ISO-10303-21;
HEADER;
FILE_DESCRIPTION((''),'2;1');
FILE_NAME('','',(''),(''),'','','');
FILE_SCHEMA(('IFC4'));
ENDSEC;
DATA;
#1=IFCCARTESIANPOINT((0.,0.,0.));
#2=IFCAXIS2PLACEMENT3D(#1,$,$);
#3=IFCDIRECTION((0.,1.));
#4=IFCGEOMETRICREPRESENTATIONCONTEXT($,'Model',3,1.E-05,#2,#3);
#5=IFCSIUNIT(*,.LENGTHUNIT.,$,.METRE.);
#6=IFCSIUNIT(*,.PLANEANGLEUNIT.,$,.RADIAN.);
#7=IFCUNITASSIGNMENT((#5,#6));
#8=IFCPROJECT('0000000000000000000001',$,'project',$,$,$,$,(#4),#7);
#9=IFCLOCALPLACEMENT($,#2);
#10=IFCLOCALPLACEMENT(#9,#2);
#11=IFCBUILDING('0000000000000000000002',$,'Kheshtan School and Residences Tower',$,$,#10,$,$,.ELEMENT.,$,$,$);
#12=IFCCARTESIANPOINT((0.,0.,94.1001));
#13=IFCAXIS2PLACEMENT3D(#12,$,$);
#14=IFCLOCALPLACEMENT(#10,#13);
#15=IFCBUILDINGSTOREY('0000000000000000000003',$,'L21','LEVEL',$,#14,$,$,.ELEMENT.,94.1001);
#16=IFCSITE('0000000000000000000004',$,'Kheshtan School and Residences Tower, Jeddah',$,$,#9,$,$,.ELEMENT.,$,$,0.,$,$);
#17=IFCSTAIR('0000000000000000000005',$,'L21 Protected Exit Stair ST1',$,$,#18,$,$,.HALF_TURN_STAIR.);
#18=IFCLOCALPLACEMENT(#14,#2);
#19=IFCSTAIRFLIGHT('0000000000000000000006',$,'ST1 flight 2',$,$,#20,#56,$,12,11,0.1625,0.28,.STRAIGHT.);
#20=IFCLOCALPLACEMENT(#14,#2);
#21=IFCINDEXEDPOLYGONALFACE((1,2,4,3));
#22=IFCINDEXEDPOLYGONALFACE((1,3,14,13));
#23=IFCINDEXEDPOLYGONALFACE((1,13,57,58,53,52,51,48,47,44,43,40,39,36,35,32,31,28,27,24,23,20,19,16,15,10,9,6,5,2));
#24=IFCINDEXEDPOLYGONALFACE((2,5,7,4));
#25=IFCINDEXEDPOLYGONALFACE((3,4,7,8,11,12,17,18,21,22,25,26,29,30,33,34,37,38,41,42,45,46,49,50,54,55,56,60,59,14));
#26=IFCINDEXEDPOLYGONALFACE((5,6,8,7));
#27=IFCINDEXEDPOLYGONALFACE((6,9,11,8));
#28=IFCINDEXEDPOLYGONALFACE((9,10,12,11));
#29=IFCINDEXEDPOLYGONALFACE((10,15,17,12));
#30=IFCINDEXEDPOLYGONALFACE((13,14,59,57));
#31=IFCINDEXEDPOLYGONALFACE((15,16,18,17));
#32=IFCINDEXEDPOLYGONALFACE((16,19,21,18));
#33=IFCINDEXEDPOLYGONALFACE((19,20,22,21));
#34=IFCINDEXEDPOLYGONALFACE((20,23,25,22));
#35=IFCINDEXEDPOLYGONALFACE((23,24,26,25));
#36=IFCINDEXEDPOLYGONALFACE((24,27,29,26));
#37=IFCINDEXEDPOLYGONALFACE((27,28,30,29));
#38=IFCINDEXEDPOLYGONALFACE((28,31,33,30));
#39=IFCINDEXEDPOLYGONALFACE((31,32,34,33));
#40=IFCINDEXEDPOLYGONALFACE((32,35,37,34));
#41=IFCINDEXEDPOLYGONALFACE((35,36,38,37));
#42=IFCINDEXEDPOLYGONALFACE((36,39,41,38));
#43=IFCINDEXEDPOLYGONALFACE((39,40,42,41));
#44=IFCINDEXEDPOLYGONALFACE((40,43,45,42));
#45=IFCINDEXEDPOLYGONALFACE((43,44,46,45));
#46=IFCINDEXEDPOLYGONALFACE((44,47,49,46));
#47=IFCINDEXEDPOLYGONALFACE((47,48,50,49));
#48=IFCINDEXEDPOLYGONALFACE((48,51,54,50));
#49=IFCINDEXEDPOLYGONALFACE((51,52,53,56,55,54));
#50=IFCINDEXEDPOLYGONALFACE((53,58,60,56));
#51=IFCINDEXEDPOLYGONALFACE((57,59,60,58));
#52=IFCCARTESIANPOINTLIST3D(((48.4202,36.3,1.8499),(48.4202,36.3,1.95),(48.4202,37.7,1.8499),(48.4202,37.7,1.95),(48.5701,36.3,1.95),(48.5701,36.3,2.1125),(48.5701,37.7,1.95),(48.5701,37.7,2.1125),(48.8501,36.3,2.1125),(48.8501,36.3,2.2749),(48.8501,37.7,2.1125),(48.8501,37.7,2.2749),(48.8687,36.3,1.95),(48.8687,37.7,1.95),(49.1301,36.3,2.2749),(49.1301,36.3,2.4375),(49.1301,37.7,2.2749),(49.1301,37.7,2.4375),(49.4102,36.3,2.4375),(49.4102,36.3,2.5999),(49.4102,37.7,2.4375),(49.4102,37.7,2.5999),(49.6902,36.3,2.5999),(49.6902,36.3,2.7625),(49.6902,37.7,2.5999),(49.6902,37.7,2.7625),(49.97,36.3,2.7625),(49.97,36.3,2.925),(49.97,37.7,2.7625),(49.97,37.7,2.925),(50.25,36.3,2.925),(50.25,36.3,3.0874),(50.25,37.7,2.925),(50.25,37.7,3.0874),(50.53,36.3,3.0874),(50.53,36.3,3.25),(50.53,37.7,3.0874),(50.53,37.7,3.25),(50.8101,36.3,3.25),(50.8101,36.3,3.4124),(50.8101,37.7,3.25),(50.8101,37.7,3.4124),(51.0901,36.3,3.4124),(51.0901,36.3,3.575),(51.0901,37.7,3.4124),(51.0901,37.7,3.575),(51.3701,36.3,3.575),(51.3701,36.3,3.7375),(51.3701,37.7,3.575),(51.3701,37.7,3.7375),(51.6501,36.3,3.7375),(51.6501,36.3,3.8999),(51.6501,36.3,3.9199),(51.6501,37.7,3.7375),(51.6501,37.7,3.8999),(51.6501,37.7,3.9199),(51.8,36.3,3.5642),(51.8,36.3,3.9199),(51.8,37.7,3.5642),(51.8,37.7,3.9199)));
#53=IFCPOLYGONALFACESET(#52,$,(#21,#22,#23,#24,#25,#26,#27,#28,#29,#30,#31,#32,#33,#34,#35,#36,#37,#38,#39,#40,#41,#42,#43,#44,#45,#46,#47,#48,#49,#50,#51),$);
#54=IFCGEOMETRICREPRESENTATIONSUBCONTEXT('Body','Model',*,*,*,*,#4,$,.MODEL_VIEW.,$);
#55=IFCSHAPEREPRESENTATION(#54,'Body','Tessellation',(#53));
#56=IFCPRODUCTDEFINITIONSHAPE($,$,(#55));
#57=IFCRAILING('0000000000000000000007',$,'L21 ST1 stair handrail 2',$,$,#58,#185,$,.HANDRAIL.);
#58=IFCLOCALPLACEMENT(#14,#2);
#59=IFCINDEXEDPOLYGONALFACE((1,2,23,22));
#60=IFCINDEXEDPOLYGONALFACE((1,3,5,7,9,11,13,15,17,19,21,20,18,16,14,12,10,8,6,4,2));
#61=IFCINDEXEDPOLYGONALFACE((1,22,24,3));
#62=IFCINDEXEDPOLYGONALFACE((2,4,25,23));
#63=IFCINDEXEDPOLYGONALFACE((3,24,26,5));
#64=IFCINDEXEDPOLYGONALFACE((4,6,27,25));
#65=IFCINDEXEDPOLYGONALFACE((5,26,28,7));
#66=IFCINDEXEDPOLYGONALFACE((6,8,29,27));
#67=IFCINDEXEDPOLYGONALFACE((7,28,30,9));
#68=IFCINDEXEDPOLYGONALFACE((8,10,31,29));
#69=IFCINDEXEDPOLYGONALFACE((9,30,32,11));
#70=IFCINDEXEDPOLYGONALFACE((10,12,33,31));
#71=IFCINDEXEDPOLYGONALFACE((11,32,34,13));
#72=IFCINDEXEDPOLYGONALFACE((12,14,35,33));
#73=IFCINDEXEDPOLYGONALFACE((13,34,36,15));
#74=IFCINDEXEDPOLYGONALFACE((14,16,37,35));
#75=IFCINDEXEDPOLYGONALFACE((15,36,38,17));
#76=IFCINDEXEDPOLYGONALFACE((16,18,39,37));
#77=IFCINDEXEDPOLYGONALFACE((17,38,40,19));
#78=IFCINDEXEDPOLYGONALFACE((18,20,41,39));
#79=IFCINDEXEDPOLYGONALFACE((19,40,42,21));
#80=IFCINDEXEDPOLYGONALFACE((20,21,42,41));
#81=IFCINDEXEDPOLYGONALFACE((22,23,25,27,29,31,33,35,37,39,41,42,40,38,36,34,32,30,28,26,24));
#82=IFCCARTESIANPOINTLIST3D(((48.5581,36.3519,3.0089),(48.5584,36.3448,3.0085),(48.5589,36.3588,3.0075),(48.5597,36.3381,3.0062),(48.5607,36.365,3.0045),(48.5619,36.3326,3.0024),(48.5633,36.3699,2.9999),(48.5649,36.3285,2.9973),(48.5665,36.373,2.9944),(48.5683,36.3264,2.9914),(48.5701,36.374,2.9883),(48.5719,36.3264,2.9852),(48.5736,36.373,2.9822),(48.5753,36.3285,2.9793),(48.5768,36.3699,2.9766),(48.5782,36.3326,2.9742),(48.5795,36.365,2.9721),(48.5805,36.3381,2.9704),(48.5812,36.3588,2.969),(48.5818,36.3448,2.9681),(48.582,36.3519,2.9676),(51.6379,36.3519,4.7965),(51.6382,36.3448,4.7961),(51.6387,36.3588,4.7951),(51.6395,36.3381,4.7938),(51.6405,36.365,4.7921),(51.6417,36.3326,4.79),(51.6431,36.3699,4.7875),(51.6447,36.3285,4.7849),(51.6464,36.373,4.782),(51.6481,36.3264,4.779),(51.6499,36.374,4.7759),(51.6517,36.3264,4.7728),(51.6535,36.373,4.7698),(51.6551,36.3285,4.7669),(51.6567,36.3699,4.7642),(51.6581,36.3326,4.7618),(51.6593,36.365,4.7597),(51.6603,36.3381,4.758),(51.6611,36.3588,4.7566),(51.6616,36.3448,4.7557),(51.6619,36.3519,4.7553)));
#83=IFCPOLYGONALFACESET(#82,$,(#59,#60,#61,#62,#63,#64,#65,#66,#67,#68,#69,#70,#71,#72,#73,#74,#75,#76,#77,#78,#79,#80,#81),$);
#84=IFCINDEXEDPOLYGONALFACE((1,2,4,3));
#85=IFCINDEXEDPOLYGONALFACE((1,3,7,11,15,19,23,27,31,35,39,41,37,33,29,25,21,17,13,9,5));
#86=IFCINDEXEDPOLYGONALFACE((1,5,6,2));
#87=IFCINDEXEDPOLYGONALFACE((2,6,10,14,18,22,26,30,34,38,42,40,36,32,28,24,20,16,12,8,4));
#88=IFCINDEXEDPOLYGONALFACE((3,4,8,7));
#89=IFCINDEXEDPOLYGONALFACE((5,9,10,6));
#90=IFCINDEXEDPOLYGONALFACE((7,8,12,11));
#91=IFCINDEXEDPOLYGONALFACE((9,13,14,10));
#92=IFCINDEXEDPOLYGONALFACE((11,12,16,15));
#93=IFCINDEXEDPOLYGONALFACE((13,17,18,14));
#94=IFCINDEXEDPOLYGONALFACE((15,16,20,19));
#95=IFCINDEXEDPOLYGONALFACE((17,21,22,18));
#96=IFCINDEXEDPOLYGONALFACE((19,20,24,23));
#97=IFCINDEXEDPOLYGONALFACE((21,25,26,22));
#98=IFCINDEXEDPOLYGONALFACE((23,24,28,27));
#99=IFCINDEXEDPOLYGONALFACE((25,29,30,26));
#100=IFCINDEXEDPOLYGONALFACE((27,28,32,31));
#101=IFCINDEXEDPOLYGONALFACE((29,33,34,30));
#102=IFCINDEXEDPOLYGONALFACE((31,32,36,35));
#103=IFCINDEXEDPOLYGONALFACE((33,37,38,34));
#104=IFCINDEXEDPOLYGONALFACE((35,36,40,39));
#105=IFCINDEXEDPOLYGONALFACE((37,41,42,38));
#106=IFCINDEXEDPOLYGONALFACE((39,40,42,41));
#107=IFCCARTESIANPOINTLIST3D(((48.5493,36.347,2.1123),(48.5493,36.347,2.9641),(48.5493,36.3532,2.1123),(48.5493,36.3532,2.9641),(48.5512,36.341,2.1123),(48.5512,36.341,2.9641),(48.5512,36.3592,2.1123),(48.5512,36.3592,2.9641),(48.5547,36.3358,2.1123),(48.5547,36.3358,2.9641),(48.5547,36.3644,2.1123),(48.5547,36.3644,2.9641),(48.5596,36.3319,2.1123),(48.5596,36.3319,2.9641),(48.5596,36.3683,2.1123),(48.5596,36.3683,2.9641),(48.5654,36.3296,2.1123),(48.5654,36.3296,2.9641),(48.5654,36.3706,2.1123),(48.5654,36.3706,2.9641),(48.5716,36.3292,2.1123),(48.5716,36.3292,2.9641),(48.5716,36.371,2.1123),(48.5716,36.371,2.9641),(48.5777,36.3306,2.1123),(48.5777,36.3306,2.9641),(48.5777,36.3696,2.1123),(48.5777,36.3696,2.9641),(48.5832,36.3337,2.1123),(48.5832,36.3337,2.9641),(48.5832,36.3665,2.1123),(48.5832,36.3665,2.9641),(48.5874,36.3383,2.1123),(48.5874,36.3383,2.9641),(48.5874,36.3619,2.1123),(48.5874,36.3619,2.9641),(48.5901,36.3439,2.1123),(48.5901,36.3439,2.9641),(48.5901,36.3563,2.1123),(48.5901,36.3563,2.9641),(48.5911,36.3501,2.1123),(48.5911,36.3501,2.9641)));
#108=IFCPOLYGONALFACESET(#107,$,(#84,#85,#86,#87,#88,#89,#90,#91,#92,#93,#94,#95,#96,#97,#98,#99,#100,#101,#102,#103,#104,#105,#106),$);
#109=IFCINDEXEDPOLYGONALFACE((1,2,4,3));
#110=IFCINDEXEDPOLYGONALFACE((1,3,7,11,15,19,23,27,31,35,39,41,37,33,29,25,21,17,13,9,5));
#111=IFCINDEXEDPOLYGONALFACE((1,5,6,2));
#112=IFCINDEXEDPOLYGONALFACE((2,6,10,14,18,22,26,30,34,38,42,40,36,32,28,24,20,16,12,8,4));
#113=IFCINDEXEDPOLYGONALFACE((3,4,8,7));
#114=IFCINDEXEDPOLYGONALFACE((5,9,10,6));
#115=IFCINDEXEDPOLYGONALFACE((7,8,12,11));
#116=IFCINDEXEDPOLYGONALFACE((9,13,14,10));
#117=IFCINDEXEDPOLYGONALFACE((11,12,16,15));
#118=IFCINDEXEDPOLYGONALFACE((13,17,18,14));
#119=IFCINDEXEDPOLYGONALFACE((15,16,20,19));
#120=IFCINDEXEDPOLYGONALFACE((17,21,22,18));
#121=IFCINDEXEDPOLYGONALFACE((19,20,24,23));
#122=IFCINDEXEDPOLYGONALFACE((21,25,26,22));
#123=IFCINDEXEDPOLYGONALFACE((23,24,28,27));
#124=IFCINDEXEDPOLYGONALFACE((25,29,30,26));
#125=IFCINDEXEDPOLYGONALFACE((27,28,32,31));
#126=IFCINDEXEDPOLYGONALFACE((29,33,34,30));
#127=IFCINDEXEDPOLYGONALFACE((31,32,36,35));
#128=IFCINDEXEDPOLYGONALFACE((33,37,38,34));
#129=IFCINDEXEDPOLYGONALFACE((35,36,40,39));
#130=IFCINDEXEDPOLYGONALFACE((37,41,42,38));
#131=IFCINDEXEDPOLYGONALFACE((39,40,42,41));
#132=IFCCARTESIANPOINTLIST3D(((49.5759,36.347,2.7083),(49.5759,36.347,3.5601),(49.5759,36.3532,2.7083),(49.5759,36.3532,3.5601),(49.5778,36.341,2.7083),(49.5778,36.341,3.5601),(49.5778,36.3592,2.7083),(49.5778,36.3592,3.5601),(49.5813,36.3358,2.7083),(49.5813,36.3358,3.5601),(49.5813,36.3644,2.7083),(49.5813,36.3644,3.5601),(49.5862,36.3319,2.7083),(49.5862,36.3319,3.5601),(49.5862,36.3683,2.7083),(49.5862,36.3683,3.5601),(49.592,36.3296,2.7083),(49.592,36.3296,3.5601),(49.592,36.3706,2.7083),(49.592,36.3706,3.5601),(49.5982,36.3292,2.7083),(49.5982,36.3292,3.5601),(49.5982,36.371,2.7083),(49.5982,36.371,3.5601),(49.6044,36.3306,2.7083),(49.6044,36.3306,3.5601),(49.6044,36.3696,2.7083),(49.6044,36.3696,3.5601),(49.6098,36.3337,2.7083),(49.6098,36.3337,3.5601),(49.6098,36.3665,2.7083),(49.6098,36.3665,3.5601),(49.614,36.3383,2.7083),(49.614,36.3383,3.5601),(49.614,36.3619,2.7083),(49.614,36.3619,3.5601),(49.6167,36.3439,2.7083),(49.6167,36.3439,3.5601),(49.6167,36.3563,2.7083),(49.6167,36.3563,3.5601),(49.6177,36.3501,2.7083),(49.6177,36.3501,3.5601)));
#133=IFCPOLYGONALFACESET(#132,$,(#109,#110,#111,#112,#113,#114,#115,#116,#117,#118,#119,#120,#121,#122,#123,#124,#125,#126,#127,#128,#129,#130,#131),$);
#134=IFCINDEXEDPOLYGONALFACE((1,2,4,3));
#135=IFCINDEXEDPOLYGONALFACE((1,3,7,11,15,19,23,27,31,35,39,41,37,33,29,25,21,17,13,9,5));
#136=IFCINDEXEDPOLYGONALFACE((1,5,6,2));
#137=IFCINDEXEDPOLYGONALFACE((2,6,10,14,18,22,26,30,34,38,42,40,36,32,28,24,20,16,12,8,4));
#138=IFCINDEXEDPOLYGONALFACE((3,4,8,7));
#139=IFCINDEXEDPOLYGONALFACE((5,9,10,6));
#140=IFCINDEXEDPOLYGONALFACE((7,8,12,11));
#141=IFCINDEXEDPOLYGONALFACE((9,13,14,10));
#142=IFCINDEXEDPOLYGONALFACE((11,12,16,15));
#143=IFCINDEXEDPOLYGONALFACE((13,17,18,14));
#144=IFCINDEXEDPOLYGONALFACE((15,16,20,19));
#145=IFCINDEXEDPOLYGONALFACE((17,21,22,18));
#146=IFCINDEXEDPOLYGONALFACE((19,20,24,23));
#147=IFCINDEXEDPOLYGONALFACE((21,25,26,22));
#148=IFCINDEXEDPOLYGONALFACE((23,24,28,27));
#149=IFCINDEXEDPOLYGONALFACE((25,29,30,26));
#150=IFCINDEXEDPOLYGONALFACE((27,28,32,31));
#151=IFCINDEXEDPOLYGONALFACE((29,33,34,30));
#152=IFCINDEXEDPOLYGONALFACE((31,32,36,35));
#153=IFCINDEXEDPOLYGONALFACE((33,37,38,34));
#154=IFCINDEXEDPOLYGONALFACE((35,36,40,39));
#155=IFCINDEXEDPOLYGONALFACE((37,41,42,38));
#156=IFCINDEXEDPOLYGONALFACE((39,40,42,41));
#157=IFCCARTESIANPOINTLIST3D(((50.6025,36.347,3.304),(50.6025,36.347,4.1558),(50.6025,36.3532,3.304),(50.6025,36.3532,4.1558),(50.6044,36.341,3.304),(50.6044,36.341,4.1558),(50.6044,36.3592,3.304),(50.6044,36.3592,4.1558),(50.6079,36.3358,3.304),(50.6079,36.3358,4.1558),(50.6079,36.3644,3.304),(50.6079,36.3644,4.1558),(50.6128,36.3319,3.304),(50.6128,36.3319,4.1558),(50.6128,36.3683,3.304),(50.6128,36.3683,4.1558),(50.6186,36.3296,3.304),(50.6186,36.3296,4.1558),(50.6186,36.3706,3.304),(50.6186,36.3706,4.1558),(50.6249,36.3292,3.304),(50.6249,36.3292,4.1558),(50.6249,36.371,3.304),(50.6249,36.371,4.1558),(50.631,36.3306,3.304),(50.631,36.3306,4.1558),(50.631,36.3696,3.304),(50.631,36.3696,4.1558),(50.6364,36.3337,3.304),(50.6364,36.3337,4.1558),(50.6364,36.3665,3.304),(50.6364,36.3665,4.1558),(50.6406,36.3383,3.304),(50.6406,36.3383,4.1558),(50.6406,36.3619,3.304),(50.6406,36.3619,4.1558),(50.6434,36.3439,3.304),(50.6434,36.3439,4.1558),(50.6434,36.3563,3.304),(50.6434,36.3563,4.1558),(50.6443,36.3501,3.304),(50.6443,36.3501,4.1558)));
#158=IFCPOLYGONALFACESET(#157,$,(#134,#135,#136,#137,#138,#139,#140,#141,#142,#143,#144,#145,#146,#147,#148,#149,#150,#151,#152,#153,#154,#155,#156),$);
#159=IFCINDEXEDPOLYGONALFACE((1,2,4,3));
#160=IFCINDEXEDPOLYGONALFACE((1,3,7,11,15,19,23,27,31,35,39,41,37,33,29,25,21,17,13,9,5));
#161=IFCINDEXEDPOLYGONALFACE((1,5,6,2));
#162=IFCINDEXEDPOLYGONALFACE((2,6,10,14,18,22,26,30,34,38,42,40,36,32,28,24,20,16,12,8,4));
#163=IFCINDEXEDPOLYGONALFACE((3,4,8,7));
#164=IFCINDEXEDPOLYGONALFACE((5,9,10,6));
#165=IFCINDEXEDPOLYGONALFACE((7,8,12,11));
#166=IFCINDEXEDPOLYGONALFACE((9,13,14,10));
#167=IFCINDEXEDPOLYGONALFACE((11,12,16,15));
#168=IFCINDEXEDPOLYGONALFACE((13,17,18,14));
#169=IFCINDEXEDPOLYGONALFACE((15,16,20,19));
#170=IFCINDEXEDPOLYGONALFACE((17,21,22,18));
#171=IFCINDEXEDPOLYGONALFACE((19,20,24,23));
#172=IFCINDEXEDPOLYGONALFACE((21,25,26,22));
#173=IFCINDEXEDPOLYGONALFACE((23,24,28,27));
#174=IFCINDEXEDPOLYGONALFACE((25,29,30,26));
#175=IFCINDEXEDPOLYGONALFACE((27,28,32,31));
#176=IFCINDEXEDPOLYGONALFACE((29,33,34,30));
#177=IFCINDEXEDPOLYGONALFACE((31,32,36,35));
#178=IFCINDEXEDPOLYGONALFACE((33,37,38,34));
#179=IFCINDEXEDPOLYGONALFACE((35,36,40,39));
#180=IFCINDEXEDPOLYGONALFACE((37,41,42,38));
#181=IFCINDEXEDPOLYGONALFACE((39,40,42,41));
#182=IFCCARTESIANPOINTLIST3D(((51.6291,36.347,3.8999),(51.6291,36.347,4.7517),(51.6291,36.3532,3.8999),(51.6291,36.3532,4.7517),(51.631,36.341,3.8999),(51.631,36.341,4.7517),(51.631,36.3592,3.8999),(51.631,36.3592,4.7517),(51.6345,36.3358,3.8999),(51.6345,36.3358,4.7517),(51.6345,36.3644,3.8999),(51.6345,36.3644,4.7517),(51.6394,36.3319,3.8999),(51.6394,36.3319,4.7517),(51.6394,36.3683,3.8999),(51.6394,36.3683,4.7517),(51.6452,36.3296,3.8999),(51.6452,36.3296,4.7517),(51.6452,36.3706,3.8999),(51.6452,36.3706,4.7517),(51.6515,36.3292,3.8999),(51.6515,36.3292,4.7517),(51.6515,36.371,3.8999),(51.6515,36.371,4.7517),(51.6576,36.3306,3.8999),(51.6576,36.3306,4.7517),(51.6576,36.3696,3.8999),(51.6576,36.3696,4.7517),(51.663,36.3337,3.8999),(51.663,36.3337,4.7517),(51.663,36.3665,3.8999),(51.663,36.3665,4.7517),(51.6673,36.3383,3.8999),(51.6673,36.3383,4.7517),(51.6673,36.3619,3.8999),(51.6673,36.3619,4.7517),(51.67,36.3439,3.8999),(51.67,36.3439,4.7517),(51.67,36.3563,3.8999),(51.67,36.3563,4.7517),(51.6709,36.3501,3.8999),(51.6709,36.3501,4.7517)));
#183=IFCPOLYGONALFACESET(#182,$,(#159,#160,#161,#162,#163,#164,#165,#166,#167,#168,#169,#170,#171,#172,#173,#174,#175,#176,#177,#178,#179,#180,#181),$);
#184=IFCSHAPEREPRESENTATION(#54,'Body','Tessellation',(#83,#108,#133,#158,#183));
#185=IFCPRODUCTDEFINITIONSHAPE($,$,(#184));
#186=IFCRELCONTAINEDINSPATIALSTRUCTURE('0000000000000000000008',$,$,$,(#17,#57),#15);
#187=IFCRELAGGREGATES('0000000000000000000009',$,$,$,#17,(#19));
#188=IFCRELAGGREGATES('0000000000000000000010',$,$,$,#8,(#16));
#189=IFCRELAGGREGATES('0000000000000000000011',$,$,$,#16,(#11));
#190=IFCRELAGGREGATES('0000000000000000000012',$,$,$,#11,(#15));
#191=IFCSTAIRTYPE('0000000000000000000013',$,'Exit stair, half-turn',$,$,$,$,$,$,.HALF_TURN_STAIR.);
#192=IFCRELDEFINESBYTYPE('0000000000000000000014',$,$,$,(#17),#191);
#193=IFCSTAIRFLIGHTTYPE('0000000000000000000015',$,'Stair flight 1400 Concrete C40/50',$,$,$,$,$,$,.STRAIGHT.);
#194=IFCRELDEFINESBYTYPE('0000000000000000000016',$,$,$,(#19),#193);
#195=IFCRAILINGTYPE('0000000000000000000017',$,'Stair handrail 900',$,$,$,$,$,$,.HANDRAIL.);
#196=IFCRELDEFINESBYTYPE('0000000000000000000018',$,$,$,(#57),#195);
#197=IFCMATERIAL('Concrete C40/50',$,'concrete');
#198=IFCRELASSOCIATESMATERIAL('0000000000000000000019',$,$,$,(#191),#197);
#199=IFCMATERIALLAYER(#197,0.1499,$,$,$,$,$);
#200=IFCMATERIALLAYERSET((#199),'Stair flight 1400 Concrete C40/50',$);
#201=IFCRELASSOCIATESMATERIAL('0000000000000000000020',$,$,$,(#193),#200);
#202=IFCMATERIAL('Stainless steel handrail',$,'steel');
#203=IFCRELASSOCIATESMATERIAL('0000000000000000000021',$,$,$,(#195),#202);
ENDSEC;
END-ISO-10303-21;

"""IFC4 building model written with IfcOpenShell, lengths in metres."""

from ifc_helpers import new_model, si_unit, direction, frame, origin, origin_2d, place, context, subcontext, project, spatial, polyline, circle, outline, extrude, material, layer, layer_set, type_object, element, aggregate, save


model = new_model("IFC4")

# Units and contexts
model_context = context("Model", 3, precision=1e-05, world=origin(), true_north=direction((0.0, 1.0)))
body_context = subcontext(model_context, "Body", "Model", "MODEL_VIEW")
ifc_project = project(units=[si_unit("LENGTHUNIT", "METRE"), si_unit("PLANEANGLEUNIT", "RADIAN")], contexts=[model_context])

# Site, building, storey
site_placement = place(None, origin())
site = spatial("IfcSite", under=ifc_project, at=site_placement, Name="Kheshtan School and Residences Tower, Jeddah", CompositionType="ELEMENT", RefElevation=0.0)
building_placement = place(site_placement, origin())
building = spatial("IfcBuilding", under=site, at=building_placement, Name="Kheshtan School and Residences Tower", CompositionType="ELEMENT")
storey_placement = place(building_placement, frame((0.0, 0.0, 94.1001)))
storey = spatial("IfcBuildingStorey", under=building, at=storey_placement, Name="L21", Description="LEVEL", CompositionType="ELEMENT", Elevation=94.1001)

# Shared definitions
ifc_material_1 = material(Name="Concrete C40/50", Category="concrete")

# Stair, stair flight
stair_type = type_object("IfcStairType", Name="Exit stair, half-turn", PredefinedType="HALF_TURN_STAIR", material=ifc_material_1)
stair_placement = place(storey_placement, origin())
stair = element("IfcStair", 1, at=stair_placement, inside=storey, type_object=stair_type, Name="L21 Protected Exit Stair ST1", PredefinedType="HALF_TURN_STAIR")
ifc_layer_1 = layer(ifc_material_1, 0.1499)
ifc_layer_set_1 = layer_set([ifc_layer_1], Name="Stair flight 1400 Concrete C40/50")
stair_flight_type = type_object("IfcStairFlightType", Name="Stair flight 1400 Concrete C40/50", PredefinedType="STRAIGHT", material=ifc_layer_set_1)
stair_flight_placement = place(storey_placement, frame((48.5701, 37.0, 1.95), z_axis=(0.0, 0.0, 1.0), x_axis=(1.0, 0.0, 0.0)))
stair_flight = element("IfcStairFlight", 2, at=stair_flight_placement, type_object=stair_flight_type, Name="ST1 flight 2", NumberOfRisers=12, NumberOfTreads=11, PredefinedType="STRAIGHT", RiserHeight=0.1625, TreadLength=0.28, context=body_context, shape_type="SweptSolid", body=[
    extrude(outline(polyline([(-0.1499, -0.1001), (-0.1499, 0.0), (0.0, 0.0), (0.0, 0.1626), (0.28, 0.1626), (0.28, 0.325), (0.5601, 0.325), (0.5601, 0.4875), (0.8401, 0.4875), (0.8401, 0.6499), (1.1201, 0.6499), (1.1201, 0.8125), (1.3999, 0.8125), (1.3999, 0.9751), (1.6799, 0.9751), (1.6799, 1.1375), (1.96, 1.1375), (1.96, 1.3), (2.24, 1.3), (2.24, 1.4624), (2.52, 1.4624), (2.52, 1.625), (2.8, 1.625), (2.8, 1.7876), (3.0801, 1.7876), (3.0801, 1.95), (3.0801, 1.97), (3.23, 1.97), (3.23, 1.6143), (0.2986, 0.0), (-0.1499, -0.1001)])), frame((0.0, 0.7, 0.0), z_axis=(0.0, -1.0, 0.0), x_axis=(1.0, 0.0, 0.0)), (0.0, 0.0, 1.0), 1.3999),
])
aggregate(stair, [stair_flight])

# Railing
ifc_material_2 = material(Name="Stainless steel handrail", Category="steel")
railing_type = type_object("IfcRailingType", Name="Stair handrail 900", PredefinedType="HANDRAIL", material=ifc_material_2)
railing_placement = place(storey_placement, frame((48.5701, 36.3501, 2.1123)))
element("IfcRailing", 3, at=railing_placement, inside=storey, type_object=railing_type, Name="L21 ST1 stair handrail 2", PredefinedType="HANDRAIL", context=body_context, shape_type="SweptSolid", body=[
    extrude(circle(Radius=0.0239, at=origin_2d()), frame((0.0, 0.0, 0.876), z_axis=(0.864873, 0.0, 0.50199), x_axis=(0.0, 1.0, 0.0)), (0.0, 0.0, 1.0), 3.561),
    extrude(circle(Radius=0.021, at=origin_2d()), origin(), (0.0, 0.0, 1.0), 0.8518),
    extrude(circle(Radius=0.021, at=origin_2d()), frame((1.0266, 0.0, 0.5959)), (0.0, 0.0, 1.0), 0.8518),
    extrude(circle(Radius=0.021, at=origin_2d()), frame((2.0532, 0.0, 1.1917)), (0.0, 0.0, 1.0), 0.8518),
    extrude(circle(Radius=0.021, at=origin_2d()), frame((3.0798, 0.0, 1.7876)), (0.0, 0.0, 1.0), 0.8518),
])

save(model, "model.ifc")
